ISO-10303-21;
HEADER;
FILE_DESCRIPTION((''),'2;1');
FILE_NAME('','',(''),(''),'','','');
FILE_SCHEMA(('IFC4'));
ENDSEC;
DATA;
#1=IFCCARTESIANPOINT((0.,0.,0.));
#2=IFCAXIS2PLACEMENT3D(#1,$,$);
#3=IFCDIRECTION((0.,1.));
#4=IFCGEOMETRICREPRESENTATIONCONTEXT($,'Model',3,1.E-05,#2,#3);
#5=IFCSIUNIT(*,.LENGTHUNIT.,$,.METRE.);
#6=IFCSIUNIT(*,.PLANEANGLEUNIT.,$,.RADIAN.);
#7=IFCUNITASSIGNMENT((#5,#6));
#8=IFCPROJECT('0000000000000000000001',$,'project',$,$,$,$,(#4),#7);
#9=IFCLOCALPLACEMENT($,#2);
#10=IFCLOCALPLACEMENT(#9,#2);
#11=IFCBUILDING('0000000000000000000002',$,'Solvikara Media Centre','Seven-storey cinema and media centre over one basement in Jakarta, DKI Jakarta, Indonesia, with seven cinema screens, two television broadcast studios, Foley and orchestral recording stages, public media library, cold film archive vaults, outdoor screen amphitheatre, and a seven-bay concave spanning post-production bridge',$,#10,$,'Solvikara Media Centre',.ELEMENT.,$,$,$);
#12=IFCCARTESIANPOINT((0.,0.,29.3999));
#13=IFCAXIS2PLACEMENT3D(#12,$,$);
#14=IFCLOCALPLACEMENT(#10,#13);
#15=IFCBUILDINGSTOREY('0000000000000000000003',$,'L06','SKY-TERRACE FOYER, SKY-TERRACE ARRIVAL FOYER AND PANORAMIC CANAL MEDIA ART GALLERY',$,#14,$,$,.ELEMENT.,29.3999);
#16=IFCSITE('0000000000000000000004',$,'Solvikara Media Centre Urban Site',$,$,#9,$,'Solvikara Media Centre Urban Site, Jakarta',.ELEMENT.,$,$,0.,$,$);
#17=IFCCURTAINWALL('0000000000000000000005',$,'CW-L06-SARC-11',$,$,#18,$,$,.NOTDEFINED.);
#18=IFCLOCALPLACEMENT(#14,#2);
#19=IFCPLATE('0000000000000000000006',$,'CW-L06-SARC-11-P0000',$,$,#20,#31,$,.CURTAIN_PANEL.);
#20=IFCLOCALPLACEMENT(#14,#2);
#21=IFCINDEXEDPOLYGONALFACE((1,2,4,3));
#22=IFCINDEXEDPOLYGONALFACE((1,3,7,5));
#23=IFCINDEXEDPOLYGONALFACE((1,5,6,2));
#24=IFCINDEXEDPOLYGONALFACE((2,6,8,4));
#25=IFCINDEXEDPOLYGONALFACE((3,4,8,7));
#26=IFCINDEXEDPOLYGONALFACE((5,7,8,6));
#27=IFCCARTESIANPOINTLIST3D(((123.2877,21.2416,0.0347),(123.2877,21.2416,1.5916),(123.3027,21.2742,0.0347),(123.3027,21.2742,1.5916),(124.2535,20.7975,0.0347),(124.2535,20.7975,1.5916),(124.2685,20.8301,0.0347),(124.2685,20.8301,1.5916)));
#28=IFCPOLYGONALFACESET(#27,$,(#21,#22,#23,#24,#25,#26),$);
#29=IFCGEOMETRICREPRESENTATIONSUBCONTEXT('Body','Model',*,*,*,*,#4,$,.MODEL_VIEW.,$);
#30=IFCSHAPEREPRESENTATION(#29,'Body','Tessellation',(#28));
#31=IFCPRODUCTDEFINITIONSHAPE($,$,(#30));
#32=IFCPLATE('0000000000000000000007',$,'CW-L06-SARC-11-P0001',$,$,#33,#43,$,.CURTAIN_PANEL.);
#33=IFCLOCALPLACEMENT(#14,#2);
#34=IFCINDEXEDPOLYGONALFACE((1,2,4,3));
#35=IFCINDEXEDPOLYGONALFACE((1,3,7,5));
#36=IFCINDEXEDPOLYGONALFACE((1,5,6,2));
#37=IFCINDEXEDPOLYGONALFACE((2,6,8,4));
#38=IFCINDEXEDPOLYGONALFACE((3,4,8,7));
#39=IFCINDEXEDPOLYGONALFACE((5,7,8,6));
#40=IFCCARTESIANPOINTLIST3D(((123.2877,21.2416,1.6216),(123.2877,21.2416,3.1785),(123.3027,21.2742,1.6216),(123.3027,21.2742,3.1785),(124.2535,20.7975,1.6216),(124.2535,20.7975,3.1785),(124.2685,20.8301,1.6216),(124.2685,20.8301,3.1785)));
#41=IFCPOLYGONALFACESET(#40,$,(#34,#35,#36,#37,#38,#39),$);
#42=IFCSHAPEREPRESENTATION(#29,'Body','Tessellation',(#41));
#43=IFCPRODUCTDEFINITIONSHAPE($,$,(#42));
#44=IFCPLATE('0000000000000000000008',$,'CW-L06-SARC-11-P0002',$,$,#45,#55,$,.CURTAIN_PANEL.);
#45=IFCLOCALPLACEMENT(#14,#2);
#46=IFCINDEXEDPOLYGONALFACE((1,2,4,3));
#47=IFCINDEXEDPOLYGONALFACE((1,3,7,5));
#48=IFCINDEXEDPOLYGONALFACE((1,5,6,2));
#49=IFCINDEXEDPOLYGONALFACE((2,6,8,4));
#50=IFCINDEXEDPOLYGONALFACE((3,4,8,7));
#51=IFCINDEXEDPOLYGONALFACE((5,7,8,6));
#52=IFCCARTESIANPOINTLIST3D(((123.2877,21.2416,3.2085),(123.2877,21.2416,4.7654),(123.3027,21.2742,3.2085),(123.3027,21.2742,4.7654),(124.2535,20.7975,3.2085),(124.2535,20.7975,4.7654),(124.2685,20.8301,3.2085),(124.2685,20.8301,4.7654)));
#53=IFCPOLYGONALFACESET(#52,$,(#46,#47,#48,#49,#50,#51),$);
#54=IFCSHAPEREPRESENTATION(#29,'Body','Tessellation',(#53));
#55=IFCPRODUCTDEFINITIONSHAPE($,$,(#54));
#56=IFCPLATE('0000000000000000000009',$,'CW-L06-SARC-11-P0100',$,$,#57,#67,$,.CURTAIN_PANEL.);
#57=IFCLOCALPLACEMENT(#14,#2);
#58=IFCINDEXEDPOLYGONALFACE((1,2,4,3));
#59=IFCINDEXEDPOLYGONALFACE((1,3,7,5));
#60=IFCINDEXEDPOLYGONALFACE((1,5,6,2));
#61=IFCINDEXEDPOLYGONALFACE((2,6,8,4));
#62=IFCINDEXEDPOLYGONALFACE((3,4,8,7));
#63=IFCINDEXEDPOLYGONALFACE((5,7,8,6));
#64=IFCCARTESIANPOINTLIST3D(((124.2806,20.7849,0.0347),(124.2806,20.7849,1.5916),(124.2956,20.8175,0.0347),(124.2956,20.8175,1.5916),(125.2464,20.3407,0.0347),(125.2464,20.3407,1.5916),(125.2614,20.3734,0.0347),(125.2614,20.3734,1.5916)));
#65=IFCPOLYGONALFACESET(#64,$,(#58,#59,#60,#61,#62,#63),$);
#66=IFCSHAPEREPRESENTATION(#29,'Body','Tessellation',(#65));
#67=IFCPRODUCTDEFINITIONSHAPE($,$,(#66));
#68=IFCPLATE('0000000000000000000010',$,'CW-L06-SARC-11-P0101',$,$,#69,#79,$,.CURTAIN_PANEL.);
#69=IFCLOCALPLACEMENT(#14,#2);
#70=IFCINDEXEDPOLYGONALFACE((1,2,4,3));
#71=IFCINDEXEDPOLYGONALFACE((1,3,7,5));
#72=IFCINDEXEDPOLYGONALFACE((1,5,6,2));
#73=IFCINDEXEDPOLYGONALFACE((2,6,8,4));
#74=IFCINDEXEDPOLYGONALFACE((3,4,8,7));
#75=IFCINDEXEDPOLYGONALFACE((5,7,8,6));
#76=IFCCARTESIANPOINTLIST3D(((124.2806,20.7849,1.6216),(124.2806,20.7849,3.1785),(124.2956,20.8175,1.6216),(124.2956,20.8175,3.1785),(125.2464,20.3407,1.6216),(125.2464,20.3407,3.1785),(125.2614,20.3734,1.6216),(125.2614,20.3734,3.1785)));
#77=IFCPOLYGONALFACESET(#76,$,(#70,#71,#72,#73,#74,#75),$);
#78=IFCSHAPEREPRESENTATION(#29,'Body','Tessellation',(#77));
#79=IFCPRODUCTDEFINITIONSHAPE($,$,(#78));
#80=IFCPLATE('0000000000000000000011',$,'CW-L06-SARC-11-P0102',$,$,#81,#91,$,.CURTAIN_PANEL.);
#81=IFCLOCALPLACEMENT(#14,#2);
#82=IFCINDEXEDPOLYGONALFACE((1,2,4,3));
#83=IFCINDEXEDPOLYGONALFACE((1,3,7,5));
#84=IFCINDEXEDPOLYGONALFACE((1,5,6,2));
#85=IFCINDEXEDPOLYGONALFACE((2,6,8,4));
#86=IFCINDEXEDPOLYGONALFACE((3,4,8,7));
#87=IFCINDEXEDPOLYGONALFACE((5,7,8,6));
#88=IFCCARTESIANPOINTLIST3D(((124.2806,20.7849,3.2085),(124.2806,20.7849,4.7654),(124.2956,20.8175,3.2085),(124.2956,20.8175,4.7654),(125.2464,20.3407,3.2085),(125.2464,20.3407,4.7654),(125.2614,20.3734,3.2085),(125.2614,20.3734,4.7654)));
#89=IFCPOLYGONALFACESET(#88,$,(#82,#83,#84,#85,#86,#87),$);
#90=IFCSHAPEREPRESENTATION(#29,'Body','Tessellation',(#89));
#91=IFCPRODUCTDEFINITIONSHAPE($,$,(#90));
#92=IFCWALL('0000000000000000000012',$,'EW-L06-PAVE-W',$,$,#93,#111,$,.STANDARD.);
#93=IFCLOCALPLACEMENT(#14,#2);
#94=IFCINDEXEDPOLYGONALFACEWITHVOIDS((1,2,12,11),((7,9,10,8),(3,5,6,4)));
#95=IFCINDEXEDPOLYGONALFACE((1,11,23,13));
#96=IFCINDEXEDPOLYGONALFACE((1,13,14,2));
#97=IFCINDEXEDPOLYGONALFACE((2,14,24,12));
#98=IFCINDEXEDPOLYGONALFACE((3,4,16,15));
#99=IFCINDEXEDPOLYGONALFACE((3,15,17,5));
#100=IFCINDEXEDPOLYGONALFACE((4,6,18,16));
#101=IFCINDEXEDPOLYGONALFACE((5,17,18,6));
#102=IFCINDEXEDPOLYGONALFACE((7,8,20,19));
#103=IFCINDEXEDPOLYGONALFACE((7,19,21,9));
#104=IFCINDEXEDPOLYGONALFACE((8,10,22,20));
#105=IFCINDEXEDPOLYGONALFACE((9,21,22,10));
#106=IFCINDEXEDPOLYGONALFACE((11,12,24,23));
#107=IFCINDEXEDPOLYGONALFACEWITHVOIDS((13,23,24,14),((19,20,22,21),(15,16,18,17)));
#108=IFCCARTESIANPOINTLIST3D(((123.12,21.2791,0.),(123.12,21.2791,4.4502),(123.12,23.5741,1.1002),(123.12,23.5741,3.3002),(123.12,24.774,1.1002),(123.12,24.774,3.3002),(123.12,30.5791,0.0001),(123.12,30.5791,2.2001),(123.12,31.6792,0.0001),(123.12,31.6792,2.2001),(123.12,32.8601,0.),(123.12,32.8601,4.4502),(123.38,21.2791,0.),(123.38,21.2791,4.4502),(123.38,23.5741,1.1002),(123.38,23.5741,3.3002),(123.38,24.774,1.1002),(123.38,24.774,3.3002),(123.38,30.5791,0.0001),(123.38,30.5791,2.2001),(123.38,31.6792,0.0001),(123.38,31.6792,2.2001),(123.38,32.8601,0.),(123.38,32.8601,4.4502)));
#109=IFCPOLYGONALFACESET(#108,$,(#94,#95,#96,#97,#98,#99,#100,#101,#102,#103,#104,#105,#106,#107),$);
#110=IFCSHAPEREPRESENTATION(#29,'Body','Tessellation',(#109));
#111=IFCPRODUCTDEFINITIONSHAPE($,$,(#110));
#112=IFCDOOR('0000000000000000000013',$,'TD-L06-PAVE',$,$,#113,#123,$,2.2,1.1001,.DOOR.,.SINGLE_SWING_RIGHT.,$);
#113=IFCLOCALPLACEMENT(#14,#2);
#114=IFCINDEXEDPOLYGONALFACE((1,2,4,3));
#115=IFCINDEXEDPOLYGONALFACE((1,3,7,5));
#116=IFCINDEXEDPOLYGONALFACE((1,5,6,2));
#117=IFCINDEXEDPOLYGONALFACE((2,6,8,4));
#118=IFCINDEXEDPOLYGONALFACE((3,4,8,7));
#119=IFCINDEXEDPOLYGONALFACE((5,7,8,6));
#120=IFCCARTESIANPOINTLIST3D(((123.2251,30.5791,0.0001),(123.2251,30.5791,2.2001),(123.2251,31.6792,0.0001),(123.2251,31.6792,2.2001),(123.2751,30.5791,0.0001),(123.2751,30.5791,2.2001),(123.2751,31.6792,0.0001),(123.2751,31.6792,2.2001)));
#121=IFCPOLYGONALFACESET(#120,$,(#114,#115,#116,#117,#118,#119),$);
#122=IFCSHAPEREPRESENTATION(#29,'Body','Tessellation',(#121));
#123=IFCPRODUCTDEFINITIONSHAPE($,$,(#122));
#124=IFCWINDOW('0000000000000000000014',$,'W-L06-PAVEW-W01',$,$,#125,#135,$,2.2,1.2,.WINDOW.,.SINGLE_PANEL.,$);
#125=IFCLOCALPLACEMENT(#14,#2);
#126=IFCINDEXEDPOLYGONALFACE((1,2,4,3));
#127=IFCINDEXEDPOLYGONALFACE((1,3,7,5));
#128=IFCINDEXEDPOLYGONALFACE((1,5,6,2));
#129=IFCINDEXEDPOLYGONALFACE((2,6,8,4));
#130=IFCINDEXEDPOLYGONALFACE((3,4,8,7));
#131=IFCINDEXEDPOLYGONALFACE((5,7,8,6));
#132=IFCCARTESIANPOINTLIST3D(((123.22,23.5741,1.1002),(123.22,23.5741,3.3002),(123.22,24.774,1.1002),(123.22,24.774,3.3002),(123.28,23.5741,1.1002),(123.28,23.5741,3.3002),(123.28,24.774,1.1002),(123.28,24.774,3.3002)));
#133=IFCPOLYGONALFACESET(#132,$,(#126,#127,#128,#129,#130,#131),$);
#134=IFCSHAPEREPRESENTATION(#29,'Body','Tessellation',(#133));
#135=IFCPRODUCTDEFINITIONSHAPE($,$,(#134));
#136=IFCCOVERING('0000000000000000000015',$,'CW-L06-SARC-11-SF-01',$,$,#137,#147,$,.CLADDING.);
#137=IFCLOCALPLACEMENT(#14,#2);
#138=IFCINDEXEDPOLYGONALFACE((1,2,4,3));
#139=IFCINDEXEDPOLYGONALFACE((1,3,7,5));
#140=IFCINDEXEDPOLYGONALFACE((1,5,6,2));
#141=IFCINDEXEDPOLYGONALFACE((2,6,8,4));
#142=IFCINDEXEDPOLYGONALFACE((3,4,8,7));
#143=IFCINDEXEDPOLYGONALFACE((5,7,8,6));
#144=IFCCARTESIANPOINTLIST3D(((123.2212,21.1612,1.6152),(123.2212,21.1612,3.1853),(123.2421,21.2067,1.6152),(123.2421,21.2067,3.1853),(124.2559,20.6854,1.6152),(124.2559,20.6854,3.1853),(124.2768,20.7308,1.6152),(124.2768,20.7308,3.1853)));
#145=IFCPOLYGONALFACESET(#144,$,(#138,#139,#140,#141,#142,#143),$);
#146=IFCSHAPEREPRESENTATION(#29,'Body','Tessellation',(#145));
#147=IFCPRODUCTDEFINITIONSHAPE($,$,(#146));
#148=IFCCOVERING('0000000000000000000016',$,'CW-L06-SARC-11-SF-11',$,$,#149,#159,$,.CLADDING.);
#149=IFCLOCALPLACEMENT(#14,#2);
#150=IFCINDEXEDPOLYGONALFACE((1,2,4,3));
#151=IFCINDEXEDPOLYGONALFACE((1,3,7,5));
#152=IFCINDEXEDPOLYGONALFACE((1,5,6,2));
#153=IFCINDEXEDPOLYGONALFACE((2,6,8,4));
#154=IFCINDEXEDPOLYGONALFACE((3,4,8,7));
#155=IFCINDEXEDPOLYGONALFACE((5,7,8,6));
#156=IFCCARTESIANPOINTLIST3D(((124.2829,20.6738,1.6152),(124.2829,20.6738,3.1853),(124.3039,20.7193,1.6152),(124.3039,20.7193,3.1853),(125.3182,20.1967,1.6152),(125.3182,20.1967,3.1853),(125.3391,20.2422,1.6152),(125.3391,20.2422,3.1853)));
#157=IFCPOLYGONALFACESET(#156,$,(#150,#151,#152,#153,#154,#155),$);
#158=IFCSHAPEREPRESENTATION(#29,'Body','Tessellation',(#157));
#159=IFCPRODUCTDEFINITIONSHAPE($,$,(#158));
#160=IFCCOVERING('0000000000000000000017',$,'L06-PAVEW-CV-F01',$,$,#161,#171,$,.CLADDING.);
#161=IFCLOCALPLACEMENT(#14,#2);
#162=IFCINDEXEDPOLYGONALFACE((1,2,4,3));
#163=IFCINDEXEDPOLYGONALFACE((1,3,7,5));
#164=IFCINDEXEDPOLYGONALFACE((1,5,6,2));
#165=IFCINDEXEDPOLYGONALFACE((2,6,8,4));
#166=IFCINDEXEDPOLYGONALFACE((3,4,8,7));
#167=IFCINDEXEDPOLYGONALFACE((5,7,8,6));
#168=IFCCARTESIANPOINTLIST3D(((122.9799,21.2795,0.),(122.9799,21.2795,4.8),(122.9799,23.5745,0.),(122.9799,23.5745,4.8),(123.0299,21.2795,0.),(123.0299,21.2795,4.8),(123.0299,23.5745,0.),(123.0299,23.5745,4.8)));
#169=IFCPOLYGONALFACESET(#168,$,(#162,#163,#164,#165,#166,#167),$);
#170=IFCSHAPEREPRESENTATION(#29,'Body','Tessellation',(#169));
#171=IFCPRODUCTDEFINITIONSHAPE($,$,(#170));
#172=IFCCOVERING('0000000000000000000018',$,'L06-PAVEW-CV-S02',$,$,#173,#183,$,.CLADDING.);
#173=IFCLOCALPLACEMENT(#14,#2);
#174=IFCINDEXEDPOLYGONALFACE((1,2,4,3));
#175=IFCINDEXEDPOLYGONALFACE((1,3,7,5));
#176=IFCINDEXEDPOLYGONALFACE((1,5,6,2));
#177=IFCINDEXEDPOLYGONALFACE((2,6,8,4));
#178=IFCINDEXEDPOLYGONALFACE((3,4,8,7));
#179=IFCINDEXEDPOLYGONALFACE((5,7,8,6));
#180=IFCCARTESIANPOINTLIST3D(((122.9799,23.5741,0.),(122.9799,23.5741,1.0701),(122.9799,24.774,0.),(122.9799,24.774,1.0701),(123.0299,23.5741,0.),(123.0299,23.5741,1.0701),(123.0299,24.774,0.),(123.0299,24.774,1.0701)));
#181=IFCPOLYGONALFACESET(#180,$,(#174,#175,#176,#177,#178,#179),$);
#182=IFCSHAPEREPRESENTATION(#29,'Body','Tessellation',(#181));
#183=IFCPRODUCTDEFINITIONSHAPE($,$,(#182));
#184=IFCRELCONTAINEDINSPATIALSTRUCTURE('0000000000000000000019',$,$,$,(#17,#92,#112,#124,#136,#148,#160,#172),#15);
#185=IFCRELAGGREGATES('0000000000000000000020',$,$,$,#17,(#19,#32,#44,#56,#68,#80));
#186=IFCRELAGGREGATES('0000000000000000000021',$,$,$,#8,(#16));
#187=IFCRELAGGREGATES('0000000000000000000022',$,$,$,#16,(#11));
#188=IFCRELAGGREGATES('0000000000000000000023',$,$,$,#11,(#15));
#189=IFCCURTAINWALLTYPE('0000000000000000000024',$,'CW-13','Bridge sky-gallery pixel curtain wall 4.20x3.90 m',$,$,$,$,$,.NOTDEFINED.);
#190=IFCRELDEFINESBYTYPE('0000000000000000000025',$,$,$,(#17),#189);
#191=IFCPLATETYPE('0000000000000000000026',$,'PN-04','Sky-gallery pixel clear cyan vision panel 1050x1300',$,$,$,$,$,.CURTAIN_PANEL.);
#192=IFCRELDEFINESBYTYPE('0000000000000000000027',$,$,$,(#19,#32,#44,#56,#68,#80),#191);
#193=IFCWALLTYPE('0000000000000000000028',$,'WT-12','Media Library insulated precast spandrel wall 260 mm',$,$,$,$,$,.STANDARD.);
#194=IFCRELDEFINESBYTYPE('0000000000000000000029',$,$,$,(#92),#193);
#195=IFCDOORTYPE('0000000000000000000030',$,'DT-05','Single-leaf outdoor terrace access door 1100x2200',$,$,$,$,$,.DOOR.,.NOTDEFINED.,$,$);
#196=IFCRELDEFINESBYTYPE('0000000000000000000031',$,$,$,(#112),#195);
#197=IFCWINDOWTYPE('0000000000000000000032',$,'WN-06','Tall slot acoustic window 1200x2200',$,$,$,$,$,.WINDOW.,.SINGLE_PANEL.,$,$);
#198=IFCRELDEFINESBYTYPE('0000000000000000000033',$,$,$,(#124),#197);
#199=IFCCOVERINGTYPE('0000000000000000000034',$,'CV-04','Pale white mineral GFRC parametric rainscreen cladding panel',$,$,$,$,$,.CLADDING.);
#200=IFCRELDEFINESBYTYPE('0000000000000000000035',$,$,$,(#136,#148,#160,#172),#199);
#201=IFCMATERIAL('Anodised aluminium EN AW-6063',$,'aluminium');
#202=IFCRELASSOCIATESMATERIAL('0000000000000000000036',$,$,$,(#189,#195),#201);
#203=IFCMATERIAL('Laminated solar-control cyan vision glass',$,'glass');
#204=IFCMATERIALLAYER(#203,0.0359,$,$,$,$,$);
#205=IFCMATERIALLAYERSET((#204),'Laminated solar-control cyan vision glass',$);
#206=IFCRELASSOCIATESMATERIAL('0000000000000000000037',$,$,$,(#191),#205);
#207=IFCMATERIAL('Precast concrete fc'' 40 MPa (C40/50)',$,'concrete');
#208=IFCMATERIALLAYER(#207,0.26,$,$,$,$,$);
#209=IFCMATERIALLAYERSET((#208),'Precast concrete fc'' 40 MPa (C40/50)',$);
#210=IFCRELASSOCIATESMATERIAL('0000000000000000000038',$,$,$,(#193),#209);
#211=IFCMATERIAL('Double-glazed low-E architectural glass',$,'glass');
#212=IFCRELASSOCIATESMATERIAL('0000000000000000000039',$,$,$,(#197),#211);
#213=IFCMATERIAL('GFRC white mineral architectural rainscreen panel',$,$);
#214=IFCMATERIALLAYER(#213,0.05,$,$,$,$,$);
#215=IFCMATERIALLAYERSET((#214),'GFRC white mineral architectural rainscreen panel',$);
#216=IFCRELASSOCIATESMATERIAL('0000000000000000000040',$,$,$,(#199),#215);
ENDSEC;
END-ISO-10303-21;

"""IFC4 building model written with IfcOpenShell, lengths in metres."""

from ifc_helpers import new_model, si_unit, direction, frame, frame_2d, origin, origin_2d, place, context, subcontext, project, spatial, rectangle, extrude, material, layer, layer_set, type_object, element, fill, aggregate, save


model = new_model("IFC4")

# Units and contexts
model_context = context("Model", 3, precision=1e-05, world=origin(), true_north=direction((0.0, 1.0)))
body_context = subcontext(model_context, "Body", "Model", "MODEL_VIEW")
ifc_project = project(units=[si_unit("LENGTHUNIT", "METRE"), si_unit("PLANEANGLEUNIT", "RADIAN")], contexts=[model_context])

# Site, building, storey
site_placement = place(None, origin())
site = spatial("IfcSite", under=ifc_project, at=site_placement, Name="Solvikara Media Centre Urban Site", LongName="Solvikara Media Centre Urban Site, Jakarta", CompositionType="ELEMENT", RefElevation=0.0)
building_placement = place(site_placement, origin())
building = spatial("IfcBuilding", under=site, at=building_placement, Name="Solvikara Media Centre", Description="Seven-storey cinema and media centre over one basement in Jakarta, DKI Jakarta, Indonesia, with seven cinema screens, two television broadcast studios, Foley and orchestral recording stages, public media library, cold film archive vaults, outdoor screen amphitheatre, and a seven-bay concave spanning post-production bridge", LongName="Solvikara Media Centre", CompositionType="ELEMENT")
storey_placement = place(building_placement, frame((0.0, 0.0, 29.3999)))
storey = spatial("IfcBuildingStorey", under=building, at=storey_placement, Name="L06", Description="SKY-TERRACE FOYER, SKY-TERRACE ARRIVAL FOYER AND PANORAMIC CANAL MEDIA ART GALLERY", CompositionType="ELEMENT", Elevation=29.3999)

# Curtain wall, plates
ifc_material_1 = material(Name="Anodised aluminium EN AW-6063", Category="aluminium")
curtain_wall_type = type_object("IfcCurtainWallType", Name="CW-13", Description="Bridge sky-gallery pixel curtain wall 4.20x3.90 m", PredefinedType="NOTDEFINED", material=ifc_material_1)
curtain_wall_placement = place(storey_placement, origin())
curtain_wall = element("IfcCurtainWall", 1, at=curtain_wall_placement, inside=storey, type_object=curtain_wall_type, Name="CW-L06-SARC-11", PredefinedType="NOTDEFINED")
ifc_material_2 = material(Name="Laminated solar-control cyan vision glass", Category="glass")
ifc_layer_1 = layer(ifc_material_2, 0.0359)
ifc_layer_set_1 = layer_set([ifc_layer_1], Name="Laminated solar-control cyan vision glass")
plate_type = type_object("IfcPlateType", Name="PN-04", Description="Sky-gallery pixel clear cyan vision panel 1050x1300", PredefinedType="CURTAIN_PANEL", material=ifc_layer_set_1)
plate_1_placement = place(storey_placement, frame((123.7781, 21.0359, 0.0347), z_axis=(0.0, 0.0, 1.0), x_axis=(0.908545, -0.417788, 0.0)))
plate_1 = element("IfcPlate", 2, at=plate_1_placement, type_object=plate_type, Name="CW-L06-SARC-11-P0000", PredefinedType="CURTAIN_PANEL", context=body_context, shape_type="SweptSolid", body=[
    extrude(rectangle(XDim=1.063, YDim=0.0359, at=origin_2d()), origin(), (0.0, 0.0, 1.0), 1.5569),
])
plate_2_placement = place(storey_placement, frame((123.7781, 21.0359, 1.6216), z_axis=(0.0, 0.0, 1.0), x_axis=(0.908545, -0.417788, 0.0)))
plate_2 = element("IfcPlate", 3, at=plate_2_placement, type_object=plate_type, Name="CW-L06-SARC-11-P0001", PredefinedType="CURTAIN_PANEL", context=body_context, shape_type="SweptSolid", body=[
    extrude(rectangle(XDim=1.063, YDim=0.0359, at=origin_2d()), origin(), (0.0, 0.0, 1.0), 1.5569),
])
plate_3_placement = place(storey_placement, frame((123.7781, 21.0359, 3.2085), z_axis=(0.0, 0.0, 1.0), x_axis=(0.908545, -0.417788, 0.0)))
plate_3 = element("IfcPlate", 4, at=plate_3_placement, type_object=plate_type, Name="CW-L06-SARC-11-P0002", PredefinedType="CURTAIN_PANEL", context=body_context, shape_type="SweptSolid", body=[
    extrude(rectangle(XDim=1.063, YDim=0.0359, at=origin_2d()), origin(), (0.0, 0.0, 1.0), 1.5569),
])
plate_4_placement = place(storey_placement, frame((124.771, 20.5791, 0.0347), z_axis=(0.0, 0.0, 1.0), x_axis=(0.908545, -0.417788, 0.0)))
plate_4 = element("IfcPlate", 5, at=plate_4_placement, type_object=plate_type, Name="CW-L06-SARC-11-P0100", PredefinedType="CURTAIN_PANEL", context=body_context, shape_type="SweptSolid", body=[
    extrude(rectangle(XDim=1.063, YDim=0.0359, at=origin_2d()), origin(), (0.0, 0.0, 1.0), 1.5569),
])
plate_5_placement = place(storey_placement, frame((124.771, 20.5791, 1.6216), z_axis=(0.0, 0.0, 1.0), x_axis=(0.908545, -0.417788, 0.0)))
plate_5 = element("IfcPlate", 6, at=plate_5_placement, type_object=plate_type, Name="CW-L06-SARC-11-P0101", PredefinedType="CURTAIN_PANEL", context=body_context, shape_type="SweptSolid", body=[
    extrude(rectangle(XDim=1.063, YDim=0.0359, at=origin_2d()), origin(), (0.0, 0.0, 1.0), 1.5569),
])
plate_6_placement = place(storey_placement, frame((124.771, 20.5791, 3.2085), z_axis=(0.0, 0.0, 1.0), x_axis=(0.908545, -0.417788, 0.0)))
plate_6 = element("IfcPlate", 7, at=plate_6_placement, type_object=plate_type, Name="CW-L06-SARC-11-P0102", PredefinedType="CURTAIN_PANEL", context=body_context, shape_type="SweptSolid", body=[
    extrude(rectangle(XDim=1.063, YDim=0.0359, at=origin_2d()), origin(), (0.0, 0.0, 1.0), 1.5569),
])
aggregate(curtain_wall, [plate_1, plate_2, plate_3, plate_4, plate_5, plate_6])

# Wall, openings, door, window
ifc_material_3 = material(Name="Precast concrete fc' 40 MPa (C40/50)", Category="concrete")
ifc_layer_2 = layer(ifc_material_3, 0.26)
ifc_layer_set_2 = layer_set([ifc_layer_2], Name="Precast concrete fc' 40 MPa (C40/50)")
wall_type = type_object("IfcWallType", Name="WT-12", Description="Media Library insulated precast spandrel wall 260 mm", PredefinedType="STANDARD", material=ifc_layer_set_2)
wall_placement = place(storey_placement, frame((123.25, 21.2791, 0.0), z_axis=(0.0, 0.0, 1.0), x_axis=(0.0, 1.0, 0.0)))
wall = element("IfcWall", 8, at=wall_placement, inside=storey, type_object=wall_type, Name="EW-L06-PAVE-W", PredefinedType="STANDARD", context=body_context, shape_type="SweptSolid", body=[
    extrude(rectangle(XDim=11.5811, YDim=0.26, at=frame_2d((5.7905, 0.0))), origin(), (0.0, 0.0, 1.0), 4.4502),
])
opening_1_placement = place(wall_placement, frame((9.3, 0.0, 0.0)))
opening_1 = element("IfcOpeningElement", 9, at=opening_1_placement, cuts=wall, PredefinedType="OPENING", context=body_context, shape_type="SweptSolid", body=[
    extrude(rectangle(XDim=1.1001, YDim=2.2, at=frame_2d((0.55, 1.1001))), frame((0.0, 0.1421, 0.0), z_axis=(0.0, -1.0, 0.0), x_axis=(1.0, 0.0, 0.0)), (0.0, 0.0, 1.0), 0.2839),
])
opening_2_placement = place(wall_placement, frame((2.2949, 0.0, 1.1001)))
opening_2 = element("IfcOpeningElement", 10, at=opening_2_placement, cuts=wall, PredefinedType="OPENING", context=body_context, shape_type="SweptSolid", body=[
    extrude(rectangle(XDim=1.2, YDim=2.2, at=frame_2d((0.6001, 1.1001))), frame((0.0, 0.1421, 0.0), z_axis=(0.0, -1.0, 0.0), x_axis=(1.0, 0.0, 0.0)), (0.0, 0.0, 1.0), 0.2839),
])
door_type = type_object("IfcDoorType", Name="DT-05", Description="Single-leaf outdoor terrace access door 1100x2200", OperationType="NOTDEFINED", PredefinedType="DOOR", material=ifc_material_1)
door_placement = place(opening_1_placement, origin())
door = element("IfcDoor", 11, at=door_placement, inside=storey, type_object=door_type, Name="TD-L06-PAVE", OperationType="SINGLE_SWING_RIGHT", OverallHeight=2.2, OverallWidth=1.1001, PredefinedType="DOOR", context=body_context, shape_type="SweptSolid", body=[
    extrude(rectangle(XDim=1.1001, YDim=2.2, at=frame_2d((0.55, 1.1001))), frame((0.0, 0.0249, 0.0), z_axis=(0.0, -1.0, 0.0), x_axis=(1.0, 0.0, 0.0)), (0.0, 0.0, 1.0), 0.05),
])
fill(opening_1, door)
ifc_material_4 = material(Name="Double-glazed low-E architectural glass", Category="glass")
window_type = type_object("IfcWindowType", Name="WN-06", Description="Tall slot acoustic window 1200x2200", PartitioningType="SINGLE_PANEL", PredefinedType="WINDOW", material=ifc_material_4)
window_placement = place(opening_2_placement, origin())
window = element("IfcWindow", 12, at=window_placement, inside=storey, type_object=window_type, Name="W-L06-PAVEW-W01", OverallHeight=2.2, OverallWidth=1.2, PartitioningType="SINGLE_PANEL", PredefinedType="WINDOW", context=body_context, shape_type="SweptSolid", body=[
    extrude(rectangle(XDim=1.2, YDim=2.2, at=frame_2d((0.6001, 1.1001))), frame((0.0, 0.03, 0.0), z_axis=(0.0, -1.0, 0.0), x_axis=(1.0, 0.0, 0.0)), (0.0, 0.0, 1.0), 0.0601),
])
fill(opening_2, window)

# Coverings
ifc_material_5 = material(Name="GFRC white mineral architectural rainscreen panel")
ifc_layer_3 = layer(ifc_material_5, 0.05)
ifc_layer_set_3 = layer_set([ifc_layer_3], Name="GFRC white mineral architectural rainscreen panel")
covering_type_1 = type_object("IfcCoveringType", Name="CV-04", Description="Pale white mineral GFRC parametric rainscreen cladding panel", PredefinedType="CLADDING", material=ifc_layer_set_3)
covering_1_placement = place(storey_placement, frame((123.749, 20.946, 1.6152), z_axis=(0.0, 0.0, 1.0), x_axis=(0.908523, -0.417835, 0.0)))
element("IfcCovering", 13, at=covering_1_placement, inside=storey, type_object=covering_type_1, Name="CW-L06-SARC-11-SF-01", PredefinedType="CLADDING", context=body_context, shape_type="SweptSolid", body=[
    extrude(rectangle(XDim=1.1389, YDim=0.05, at=origin_2d()), origin(), (0.0, 0.0, 1.0), 1.5701),
])
covering_2_placement = place(storey_placement, frame((124.811, 20.458, 1.6152), z_axis=(0.0, 0.0, 1.0), x_axis=(0.908187, -0.418565, 0.0)))
element("IfcCovering", 14, at=covering_2_placement, inside=storey, type_object=covering_type_1, Name="CW-L06-SARC-11-SF-11", PredefinedType="CLADDING", context=body_context, shape_type="SweptSolid", body=[
    extrude(rectangle(XDim=1.1399, YDim=0.05, at=origin_2d()), origin(), (0.0, 0.0, 1.0), 1.5701),
])
covering_3_placement = place(storey_placement, frame((123.0049, 22.427, 0.0), z_axis=(0.0, 0.0, 1.0), x_axis=(0.0, 1.0, 0.0)))
element("IfcCovering", 15, at=covering_3_placement, inside=storey, type_object=covering_type_1, Name="L06-PAVEW-CV-F01", PredefinedType="CLADDING", context=body_context, shape_type="SweptSolid", body=[
    extrude(rectangle(XDim=2.2949, YDim=0.05, at=origin_2d()), origin(), (0.0, 0.0, 1.0), 4.8),
])
covering_4_placement = place(storey_placement, frame((123.0049, 24.1741, 0.0), z_axis=(0.0, 0.0, 1.0), x_axis=(0.0, 1.0, 0.0)))
element("IfcCovering", 16, at=covering_4_placement, inside=storey, type_object=covering_type_1, Name="L06-PAVEW-CV-S02", PredefinedType="CLADDING", context=body_context, shape_type="SweptSolid", body=[
    extrude(rectangle(XDim=1.2, YDim=0.05, at=origin_2d()), origin(), (0.0, 0.0, 1.0), 1.0701),
])

save(model, "model.ifc")
